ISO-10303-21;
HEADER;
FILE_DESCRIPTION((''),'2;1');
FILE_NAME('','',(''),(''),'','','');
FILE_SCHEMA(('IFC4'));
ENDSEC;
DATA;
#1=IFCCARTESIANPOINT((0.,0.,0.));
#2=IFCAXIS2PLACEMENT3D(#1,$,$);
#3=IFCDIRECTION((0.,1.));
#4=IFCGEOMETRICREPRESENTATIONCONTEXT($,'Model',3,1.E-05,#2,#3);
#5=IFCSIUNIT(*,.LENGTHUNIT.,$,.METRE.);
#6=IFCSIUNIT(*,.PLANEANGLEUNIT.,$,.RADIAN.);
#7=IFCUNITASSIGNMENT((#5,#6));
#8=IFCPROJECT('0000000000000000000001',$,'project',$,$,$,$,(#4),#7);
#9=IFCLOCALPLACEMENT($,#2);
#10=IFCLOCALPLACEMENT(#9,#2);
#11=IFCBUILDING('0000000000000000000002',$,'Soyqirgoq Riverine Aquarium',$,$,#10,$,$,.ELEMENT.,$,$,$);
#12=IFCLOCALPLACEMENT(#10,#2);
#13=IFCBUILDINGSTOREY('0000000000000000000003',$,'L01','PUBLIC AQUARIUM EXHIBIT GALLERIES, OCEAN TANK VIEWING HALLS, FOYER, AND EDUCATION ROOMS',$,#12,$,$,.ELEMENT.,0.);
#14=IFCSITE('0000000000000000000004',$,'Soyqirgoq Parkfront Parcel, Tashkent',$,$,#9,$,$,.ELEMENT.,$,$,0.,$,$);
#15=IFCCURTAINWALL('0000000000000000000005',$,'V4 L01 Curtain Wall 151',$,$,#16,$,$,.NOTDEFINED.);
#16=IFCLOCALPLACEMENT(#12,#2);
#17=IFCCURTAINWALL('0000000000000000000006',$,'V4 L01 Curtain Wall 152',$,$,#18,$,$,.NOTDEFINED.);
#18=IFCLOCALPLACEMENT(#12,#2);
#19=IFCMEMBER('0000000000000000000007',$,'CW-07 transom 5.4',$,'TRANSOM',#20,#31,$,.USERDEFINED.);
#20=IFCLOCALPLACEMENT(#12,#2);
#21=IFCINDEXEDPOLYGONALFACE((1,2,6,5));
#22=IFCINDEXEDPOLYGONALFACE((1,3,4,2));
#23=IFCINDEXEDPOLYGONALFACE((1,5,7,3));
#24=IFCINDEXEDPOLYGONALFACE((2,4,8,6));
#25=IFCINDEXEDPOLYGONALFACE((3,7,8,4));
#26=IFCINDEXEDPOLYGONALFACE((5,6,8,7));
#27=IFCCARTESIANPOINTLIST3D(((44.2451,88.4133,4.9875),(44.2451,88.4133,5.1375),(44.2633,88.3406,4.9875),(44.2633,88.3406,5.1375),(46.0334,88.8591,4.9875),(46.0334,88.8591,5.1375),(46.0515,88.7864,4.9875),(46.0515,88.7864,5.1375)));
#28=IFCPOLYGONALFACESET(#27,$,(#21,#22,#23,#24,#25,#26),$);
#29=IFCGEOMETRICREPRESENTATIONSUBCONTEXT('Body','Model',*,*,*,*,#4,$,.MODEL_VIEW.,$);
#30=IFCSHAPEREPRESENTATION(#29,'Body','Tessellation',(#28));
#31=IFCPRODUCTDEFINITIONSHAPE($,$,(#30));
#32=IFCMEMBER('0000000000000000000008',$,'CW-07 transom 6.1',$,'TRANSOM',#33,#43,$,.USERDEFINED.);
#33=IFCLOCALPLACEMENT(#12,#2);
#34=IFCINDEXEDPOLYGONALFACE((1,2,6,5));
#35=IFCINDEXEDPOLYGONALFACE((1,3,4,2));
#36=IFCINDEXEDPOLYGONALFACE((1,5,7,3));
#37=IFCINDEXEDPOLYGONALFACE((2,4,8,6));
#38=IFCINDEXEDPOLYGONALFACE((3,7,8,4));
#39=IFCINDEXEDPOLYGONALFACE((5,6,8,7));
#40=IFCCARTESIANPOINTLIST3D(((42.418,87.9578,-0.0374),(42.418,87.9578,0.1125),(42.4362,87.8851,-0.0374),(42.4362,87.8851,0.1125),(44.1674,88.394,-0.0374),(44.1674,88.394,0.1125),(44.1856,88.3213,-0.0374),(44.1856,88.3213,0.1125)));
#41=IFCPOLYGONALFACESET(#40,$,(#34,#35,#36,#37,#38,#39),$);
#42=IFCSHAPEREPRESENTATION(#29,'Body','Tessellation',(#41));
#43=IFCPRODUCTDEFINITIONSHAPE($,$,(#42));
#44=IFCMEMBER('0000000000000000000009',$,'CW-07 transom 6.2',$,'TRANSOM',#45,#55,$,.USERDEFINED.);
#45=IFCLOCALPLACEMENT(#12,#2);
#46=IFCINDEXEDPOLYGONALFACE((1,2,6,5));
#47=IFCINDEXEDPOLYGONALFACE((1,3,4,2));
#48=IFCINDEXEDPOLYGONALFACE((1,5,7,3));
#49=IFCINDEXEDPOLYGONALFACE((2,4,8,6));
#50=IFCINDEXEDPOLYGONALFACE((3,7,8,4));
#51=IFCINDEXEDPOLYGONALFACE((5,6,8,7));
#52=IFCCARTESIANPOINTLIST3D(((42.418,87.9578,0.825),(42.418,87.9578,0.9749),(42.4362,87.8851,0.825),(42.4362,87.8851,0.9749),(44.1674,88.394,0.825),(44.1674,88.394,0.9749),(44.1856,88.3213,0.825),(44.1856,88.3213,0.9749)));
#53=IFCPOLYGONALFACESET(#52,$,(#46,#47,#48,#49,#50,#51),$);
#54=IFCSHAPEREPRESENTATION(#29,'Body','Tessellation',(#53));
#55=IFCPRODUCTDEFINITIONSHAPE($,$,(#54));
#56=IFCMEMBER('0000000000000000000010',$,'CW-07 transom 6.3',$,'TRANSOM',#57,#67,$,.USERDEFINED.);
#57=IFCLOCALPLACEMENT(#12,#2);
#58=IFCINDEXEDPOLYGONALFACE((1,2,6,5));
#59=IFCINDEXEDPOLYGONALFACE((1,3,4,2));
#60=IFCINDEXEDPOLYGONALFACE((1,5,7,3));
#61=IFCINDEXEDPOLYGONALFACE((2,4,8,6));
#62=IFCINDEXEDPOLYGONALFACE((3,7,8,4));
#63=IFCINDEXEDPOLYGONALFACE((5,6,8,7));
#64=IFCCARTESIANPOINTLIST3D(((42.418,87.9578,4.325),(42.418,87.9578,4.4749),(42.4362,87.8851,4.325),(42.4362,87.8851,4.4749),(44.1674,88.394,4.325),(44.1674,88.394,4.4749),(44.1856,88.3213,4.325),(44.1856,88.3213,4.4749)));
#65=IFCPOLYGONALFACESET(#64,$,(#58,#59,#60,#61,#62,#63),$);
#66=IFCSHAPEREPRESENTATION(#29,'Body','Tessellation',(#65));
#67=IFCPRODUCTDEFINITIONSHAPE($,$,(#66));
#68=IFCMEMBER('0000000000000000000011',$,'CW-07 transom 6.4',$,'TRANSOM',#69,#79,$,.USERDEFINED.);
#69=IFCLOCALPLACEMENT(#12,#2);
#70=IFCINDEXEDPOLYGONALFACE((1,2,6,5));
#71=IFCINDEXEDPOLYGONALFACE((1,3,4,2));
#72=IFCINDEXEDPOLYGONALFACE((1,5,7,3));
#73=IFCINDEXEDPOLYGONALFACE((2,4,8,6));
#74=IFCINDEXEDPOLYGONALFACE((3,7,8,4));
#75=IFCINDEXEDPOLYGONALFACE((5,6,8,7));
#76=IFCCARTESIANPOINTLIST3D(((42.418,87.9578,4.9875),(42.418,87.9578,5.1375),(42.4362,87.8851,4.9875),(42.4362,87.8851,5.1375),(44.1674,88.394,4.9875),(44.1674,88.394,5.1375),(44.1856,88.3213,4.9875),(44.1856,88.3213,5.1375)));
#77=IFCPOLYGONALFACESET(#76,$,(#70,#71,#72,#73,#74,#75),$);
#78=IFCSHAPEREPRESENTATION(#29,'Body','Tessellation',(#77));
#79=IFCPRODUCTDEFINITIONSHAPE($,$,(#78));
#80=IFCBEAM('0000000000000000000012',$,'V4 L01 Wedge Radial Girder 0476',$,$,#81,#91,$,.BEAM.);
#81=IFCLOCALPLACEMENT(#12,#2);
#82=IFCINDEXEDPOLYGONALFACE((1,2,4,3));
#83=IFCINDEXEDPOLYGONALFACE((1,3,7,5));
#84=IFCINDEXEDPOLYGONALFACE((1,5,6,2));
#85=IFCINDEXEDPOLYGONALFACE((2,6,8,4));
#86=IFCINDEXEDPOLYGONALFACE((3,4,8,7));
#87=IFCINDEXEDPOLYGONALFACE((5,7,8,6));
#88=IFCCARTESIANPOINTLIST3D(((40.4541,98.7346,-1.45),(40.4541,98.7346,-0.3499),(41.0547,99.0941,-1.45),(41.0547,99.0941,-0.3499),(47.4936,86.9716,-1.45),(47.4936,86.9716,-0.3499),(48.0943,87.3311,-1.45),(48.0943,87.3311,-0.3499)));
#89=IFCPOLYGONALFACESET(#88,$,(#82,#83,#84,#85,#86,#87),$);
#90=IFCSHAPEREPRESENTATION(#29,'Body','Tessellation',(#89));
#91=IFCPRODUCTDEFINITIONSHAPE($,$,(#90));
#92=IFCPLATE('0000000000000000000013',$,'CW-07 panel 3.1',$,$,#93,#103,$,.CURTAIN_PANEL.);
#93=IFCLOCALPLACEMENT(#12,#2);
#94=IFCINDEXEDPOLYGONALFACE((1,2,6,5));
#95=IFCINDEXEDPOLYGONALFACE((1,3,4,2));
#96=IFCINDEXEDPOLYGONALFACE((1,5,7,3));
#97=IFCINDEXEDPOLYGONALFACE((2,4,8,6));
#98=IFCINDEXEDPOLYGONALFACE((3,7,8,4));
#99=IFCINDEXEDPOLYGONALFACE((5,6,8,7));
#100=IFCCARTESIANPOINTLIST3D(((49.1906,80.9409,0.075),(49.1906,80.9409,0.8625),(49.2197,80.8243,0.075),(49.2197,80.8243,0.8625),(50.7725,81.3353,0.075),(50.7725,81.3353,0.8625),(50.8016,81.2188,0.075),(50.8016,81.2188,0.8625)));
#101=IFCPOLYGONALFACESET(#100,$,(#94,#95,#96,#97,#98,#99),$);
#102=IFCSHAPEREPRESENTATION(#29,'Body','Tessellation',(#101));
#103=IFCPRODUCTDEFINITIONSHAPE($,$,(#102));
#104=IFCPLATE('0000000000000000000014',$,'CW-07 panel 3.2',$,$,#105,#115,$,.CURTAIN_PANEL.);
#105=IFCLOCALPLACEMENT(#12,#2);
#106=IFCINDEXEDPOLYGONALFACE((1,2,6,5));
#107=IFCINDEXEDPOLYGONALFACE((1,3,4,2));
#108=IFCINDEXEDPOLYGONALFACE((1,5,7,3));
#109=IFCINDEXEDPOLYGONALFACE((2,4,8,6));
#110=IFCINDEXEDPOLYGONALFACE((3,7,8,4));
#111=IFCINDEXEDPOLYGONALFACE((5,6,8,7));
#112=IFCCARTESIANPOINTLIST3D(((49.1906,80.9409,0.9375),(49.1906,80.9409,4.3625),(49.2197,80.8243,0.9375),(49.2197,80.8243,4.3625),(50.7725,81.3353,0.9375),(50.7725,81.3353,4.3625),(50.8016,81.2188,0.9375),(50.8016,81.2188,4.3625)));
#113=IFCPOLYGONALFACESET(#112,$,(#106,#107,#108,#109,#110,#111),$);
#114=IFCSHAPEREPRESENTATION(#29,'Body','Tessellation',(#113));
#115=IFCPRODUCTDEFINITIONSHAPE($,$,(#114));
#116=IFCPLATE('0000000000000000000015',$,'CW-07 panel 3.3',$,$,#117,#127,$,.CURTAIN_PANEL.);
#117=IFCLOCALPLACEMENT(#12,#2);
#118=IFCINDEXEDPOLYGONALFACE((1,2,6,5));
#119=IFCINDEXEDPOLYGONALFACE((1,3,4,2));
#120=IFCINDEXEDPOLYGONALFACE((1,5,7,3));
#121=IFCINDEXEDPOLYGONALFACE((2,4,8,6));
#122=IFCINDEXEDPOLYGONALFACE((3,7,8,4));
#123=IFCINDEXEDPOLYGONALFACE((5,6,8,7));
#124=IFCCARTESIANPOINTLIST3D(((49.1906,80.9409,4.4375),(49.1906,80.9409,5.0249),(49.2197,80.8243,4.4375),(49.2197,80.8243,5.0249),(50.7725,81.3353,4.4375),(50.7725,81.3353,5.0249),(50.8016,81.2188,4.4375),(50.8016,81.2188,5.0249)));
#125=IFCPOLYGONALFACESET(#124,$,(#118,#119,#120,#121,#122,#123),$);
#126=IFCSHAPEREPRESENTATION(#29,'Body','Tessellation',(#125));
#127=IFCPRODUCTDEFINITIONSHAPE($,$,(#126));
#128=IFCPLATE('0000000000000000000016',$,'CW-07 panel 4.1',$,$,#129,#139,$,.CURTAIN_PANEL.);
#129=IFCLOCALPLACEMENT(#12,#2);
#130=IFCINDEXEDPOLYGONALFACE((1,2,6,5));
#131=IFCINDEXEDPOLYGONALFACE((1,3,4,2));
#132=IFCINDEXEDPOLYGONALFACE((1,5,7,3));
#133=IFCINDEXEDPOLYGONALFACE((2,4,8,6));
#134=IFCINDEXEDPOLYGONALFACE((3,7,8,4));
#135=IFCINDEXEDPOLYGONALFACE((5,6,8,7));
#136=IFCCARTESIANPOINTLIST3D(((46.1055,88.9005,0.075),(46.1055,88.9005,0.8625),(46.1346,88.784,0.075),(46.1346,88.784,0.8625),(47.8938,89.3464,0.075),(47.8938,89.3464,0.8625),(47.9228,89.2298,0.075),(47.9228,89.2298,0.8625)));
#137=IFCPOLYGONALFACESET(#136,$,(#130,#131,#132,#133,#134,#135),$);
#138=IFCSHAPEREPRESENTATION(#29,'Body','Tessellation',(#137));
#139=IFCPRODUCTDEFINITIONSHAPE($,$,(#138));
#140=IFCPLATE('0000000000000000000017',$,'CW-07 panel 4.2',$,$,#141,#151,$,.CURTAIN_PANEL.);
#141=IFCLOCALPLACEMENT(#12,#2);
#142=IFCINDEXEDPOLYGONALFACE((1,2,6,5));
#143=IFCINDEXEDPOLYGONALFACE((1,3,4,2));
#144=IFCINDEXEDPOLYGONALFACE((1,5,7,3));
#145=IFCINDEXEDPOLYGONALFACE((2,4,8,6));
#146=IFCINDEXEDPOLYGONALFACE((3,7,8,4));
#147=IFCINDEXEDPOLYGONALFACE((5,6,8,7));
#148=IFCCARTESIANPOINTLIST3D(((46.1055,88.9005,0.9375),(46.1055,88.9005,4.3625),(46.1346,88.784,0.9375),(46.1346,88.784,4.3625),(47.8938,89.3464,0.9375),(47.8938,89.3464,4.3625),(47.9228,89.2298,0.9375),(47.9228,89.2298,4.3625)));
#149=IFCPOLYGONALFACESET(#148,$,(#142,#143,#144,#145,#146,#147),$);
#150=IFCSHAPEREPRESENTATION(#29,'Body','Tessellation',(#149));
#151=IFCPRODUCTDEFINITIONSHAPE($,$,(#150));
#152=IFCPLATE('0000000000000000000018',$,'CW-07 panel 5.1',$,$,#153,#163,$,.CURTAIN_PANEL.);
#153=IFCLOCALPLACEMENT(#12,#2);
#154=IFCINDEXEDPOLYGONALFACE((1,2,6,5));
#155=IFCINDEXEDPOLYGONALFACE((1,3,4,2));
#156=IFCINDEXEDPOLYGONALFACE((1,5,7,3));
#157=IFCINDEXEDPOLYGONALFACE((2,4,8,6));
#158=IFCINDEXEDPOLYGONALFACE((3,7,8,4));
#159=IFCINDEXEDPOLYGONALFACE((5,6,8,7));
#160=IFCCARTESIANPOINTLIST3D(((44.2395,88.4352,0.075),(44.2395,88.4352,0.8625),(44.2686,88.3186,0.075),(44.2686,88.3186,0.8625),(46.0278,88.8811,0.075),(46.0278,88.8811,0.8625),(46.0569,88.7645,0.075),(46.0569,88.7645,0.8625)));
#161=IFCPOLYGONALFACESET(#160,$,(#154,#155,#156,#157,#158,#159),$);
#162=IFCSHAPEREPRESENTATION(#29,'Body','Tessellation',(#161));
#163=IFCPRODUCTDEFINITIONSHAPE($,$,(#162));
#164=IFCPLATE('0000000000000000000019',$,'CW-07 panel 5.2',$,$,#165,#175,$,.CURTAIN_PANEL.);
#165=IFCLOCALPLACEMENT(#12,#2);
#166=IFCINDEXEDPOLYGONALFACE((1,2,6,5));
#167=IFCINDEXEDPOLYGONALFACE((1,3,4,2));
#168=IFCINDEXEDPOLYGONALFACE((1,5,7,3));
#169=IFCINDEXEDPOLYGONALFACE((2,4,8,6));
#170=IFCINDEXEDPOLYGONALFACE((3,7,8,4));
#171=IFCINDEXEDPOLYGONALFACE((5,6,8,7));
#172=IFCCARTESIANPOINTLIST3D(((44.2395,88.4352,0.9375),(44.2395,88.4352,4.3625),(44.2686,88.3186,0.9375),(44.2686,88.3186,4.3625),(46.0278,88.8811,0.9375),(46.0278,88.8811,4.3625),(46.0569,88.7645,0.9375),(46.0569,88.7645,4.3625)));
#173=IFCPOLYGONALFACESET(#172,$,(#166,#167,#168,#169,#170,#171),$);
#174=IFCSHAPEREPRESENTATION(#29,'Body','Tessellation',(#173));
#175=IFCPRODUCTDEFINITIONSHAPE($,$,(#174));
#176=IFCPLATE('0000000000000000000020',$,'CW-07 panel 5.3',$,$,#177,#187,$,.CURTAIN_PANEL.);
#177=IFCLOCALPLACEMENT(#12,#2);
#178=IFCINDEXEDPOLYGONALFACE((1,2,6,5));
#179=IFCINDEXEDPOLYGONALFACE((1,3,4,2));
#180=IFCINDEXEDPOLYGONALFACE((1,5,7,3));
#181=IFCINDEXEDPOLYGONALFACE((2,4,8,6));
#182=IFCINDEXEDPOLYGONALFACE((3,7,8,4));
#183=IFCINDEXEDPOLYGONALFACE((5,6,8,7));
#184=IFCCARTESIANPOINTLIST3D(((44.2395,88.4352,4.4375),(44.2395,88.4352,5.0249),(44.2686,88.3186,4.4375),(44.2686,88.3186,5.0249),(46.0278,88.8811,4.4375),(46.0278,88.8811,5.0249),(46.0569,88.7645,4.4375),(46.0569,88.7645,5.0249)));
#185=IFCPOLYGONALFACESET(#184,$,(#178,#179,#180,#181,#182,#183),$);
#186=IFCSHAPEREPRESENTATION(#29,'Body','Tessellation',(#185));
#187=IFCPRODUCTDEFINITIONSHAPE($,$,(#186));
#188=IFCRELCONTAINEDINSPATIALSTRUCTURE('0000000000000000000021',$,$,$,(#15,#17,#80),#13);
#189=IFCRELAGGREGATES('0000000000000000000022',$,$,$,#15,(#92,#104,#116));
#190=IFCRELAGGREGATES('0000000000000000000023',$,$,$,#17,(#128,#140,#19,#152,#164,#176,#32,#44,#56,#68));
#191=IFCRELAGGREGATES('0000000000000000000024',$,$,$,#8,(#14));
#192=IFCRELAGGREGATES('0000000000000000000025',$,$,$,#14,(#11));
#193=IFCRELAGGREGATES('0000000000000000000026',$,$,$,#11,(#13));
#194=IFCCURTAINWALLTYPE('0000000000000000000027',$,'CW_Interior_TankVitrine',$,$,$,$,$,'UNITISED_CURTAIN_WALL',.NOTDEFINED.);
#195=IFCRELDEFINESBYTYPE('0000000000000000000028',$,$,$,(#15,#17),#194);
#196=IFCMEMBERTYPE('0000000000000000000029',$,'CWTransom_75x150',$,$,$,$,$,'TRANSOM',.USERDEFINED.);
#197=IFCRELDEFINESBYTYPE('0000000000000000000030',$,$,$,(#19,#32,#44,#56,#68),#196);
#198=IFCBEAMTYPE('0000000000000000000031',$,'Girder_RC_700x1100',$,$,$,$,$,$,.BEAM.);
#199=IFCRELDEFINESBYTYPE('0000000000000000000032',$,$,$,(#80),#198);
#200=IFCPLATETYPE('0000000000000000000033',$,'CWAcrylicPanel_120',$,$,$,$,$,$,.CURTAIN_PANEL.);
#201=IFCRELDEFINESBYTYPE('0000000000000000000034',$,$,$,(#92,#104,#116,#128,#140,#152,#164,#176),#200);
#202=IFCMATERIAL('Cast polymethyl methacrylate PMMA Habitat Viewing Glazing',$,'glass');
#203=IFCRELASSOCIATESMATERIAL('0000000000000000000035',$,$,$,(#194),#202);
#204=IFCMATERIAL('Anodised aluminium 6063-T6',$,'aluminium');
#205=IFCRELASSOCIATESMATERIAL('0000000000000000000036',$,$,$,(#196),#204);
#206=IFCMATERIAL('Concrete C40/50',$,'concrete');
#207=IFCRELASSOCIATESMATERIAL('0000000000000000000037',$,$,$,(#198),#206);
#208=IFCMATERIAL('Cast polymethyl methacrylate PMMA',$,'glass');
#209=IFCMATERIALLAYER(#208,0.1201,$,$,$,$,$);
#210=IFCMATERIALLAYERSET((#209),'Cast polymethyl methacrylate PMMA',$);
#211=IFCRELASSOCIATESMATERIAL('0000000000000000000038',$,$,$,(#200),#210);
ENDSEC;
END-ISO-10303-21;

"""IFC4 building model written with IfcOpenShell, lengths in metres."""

from ifc_helpers import new_model, si_unit, direction, frame, origin, origin_2d, place, context, subcontext, project, spatial, rectangle, extrude, material, layer, layer_set, material_profile, profile_set, type_object, element, aggregate, save


model = new_model("IFC4")

# Units and contexts
model_context = context("Model", 3, precision=1e-05, world=origin(), true_north=direction((0.0, 1.0)))
body_context = subcontext(model_context, "Body", "Model", "MODEL_VIEW")
ifc_project = project(units=[si_unit("LENGTHUNIT", "METRE"), si_unit("PLANEANGLEUNIT", "RADIAN")], contexts=[model_context])

# Site, building, storey
site_placement = place(None, origin())
site = spatial("IfcSite", under=ifc_project, at=site_placement, Name="Soyqirgoq Parkfront Parcel, Tashkent", CompositionType="ELEMENT", RefElevation=0.0)
building_placement = place(site_placement, origin())
building = spatial("IfcBuilding", under=site, at=building_placement, Name="Soyqirgoq Riverine Aquarium", CompositionType="ELEMENT")
storey_placement = place(building_placement, origin())
storey = spatial("IfcBuildingStorey", under=building, at=storey_placement, Name="L01", Description="PUBLIC AQUARIUM EXHIBIT GALLERIES, OCEAN TANK VIEWING HALLS, FOYER, AND EDUCATION ROOMS", CompositionType="ELEMENT", Elevation=0.0)

# Curtain wall
ifc_material_1 = material(Name="Cast polymethyl methacrylate PMMA Habitat Viewing Glazing", Category="glass")
curtain_wall_type = type_object("IfcCurtainWallType", Name="CW_Interior_TankVitrine", ElementType="UNITISED_CURTAIN_WALL", PredefinedType="NOTDEFINED", material=ifc_material_1)
curtain_wall_1_placement = place(storey_placement, origin())
curtain_wall_1 = element("IfcCurtainWall", 1, at=curtain_wall_1_placement, inside=storey, type_object=curtain_wall_type, Name="V4 L01 Curtain Wall 151", PredefinedType="NOTDEFINED")

# Curtain wall
curtain_wall_2_placement = place(storey_placement, origin())
curtain_wall_2 = element("IfcCurtainWall", 2, at=curtain_wall_2_placement, inside=storey, type_object=curtain_wall_type, Name="V4 L01 Curtain Wall 152", PredefinedType="NOTDEFINED")

# Members
ifc_material_2 = material(Name="Anodised aluminium 6063-T6", Category="aluminium")
ifc_material_profile_1 = material_profile(ifc_material_2, rectangle(XDim=0.075, YDim=0.1499, at=origin_2d()), Name="ALU-T 75x150")
ifc_profile_set_1 = profile_set([ifc_material_profile_1], Name="Anodised aluminium 6063-T6")
member_type_1 = type_object("IfcMemberType", Name="CWTransom_75x150", ElementType="TRANSOM", PredefinedType="USERDEFINED", material=ifc_profile_set_1)
member_1_placement = place(storey_placement, frame((46.0425, 88.8228, 5.0625), z_axis=(-0.970306, -0.241881, 0.0), x_axis=(0.241881, -0.970306, 0.0)))
member_1 = element("IfcMember", 3, at=member_1_placement, type_object=member_type_1, Name="CW-07 transom 5.4", ObjectType="TRANSOM", PredefinedType="USERDEFINED", context=body_context, shape_type="SweptSolid", body=[
    extrude(rectangle(XDim=0.075, YDim=0.1499, at=origin_2d()), origin(), (0.0, 0.0, 1.0), 1.843),
])
member_2_placement = place(storey_placement, frame((44.1765, 88.3577, 0.0376), z_axis=(-0.970286, -0.241962, 0.0), x_axis=(0.241962, -0.970286, 0.0)))
member_2 = element("IfcMember", 4, at=member_2_placement, type_object=member_type_1, Name="CW-07 transom 6.1", ObjectType="TRANSOM", PredefinedType="USERDEFINED", context=body_context, shape_type="SweptSolid", body=[
    extrude(rectangle(XDim=0.075, YDim=0.1499, at=origin_2d()), origin(), (0.0, 0.0, 1.0), 1.803),
])
member_3_placement = place(storey_placement, frame((44.1765, 88.3577, 0.8999), z_axis=(-0.970286, -0.241962, 0.0), x_axis=(0.241962, -0.970286, 0.0)))
member_3 = element("IfcMember", 5, at=member_3_placement, type_object=member_type_1, Name="CW-07 transom 6.2", ObjectType="TRANSOM", PredefinedType="USERDEFINED", context=body_context, shape_type="SweptSolid", body=[
    extrude(rectangle(XDim=0.075, YDim=0.1499, at=origin_2d()), origin(), (0.0, 0.0, 1.0), 1.803),
])
member_4_placement = place(storey_placement, frame((44.1765, 88.3577, 4.3999), z_axis=(-0.970286, -0.241962, 0.0), x_axis=(0.241962, -0.970286, 0.0)))
member_4 = element("IfcMember", 6, at=member_4_placement, type_object=member_type_1, Name="CW-07 transom 6.3", ObjectType="TRANSOM", PredefinedType="USERDEFINED", context=body_context, shape_type="SweptSolid", body=[
    extrude(rectangle(XDim=0.075, YDim=0.1499, at=origin_2d()), origin(), (0.0, 0.0, 1.0), 1.803),
])
member_5_placement = place(storey_placement, frame((44.1765, 88.3577, 5.0625), z_axis=(-0.970286, -0.241962, 0.0), x_axis=(0.241962, -0.970286, 0.0)))
member_5 = element("IfcMember", 7, at=member_5_placement, type_object=member_type_1, Name="CW-07 transom 6.4", ObjectType="TRANSOM", PredefinedType="USERDEFINED", context=body_context, shape_type="SweptSolid", body=[
    extrude(rectangle(XDim=0.075, YDim=0.1499, at=origin_2d()), origin(), (0.0, 0.0, 1.0), 1.803),
])

# Beam
ifc_material_3 = material(Name="Concrete C40/50", Category="concrete")
ifc_material_profile_2 = material_profile(ifc_material_3, rectangle(XDim=0.7, YDim=1.1001, at=origin_2d()), Name="RC 700x1100")
ifc_profile_set_2 = profile_set([ifc_material_profile_2], Name="Concrete C40/50")
beam_type_1 = type_object("IfcBeamType", Name="Girder_RC_700x1100", PredefinedType="BEAM", material=ifc_profile_set_2)
beam_1_placement = place(storey_placement, frame((47.7939, 87.1514, -0.8999), z_axis=(-0.513519, 0.858079, 0.0), x_axis=(-0.858079, -0.513519, 0.0)))
element("IfcBeam", 8, at=beam_1_placement, inside=storey, type_object=beam_type_1, Name="V4 L01 Wedge Radial Girder 0476", PredefinedType="BEAM", context=body_context, shape_type="SweptSolid", body=[
    extrude(rectangle(XDim=0.7, YDim=1.1001, at=origin_2d()), origin(), (0.0, 0.0, 1.0), 13.7085),
])

# Plates
ifc_material_4 = material(Name="Cast polymethyl methacrylate PMMA", Category="glass")
ifc_layer_1 = layer(ifc_material_4, 0.1201)
ifc_layer_set_1 = layer_set([ifc_layer_1], Name="Cast polymethyl methacrylate PMMA")
plate_type = type_object("IfcPlateType", Name="CWAcrylicPanel_120", PredefinedType="CURTAIN_PANEL", material=ifc_layer_set_1)
plate_1_placement = place(storey_placement, frame((49.9961, 81.0798, 0.075), z_axis=(0.0, 0.0, 1.0), x_axis=(-0.970296, -0.241922, 0.0)))
plate_1 = element("IfcPlate", 9, at=plate_1_placement, type_object=plate_type, Name="CW-07 panel 3.1", PredefinedType="CURTAIN_PANEL", context=body_context, shape_type="SweptSolid", body=[
    extrude(rectangle(XDim=1.6304, YDim=0.1201, at=origin_2d()), origin(), (0.0, 0.0, 1.0), 0.7876),
])
plate_2_placement = place(storey_placement, frame((49.9961, 81.0798, 0.9375), z_axis=(0.0, 0.0, 1.0), x_axis=(-0.970296, -0.241922, 0.0)))
plate_2 = element("IfcPlate", 10, at=plate_2_placement, type_object=plate_type, Name="CW-07 panel 3.2", PredefinedType="CURTAIN_PANEL", context=body_context, shape_type="SweptSolid", body=[
    extrude(rectangle(XDim=1.6304, YDim=0.1201, at=origin_2d()), origin(), (0.0, 0.0, 1.0), 3.425),
])
plate_3_placement = place(storey_placement, frame((49.9961, 81.0798, 4.4375), z_axis=(0.0, 0.0, 1.0), x_axis=(-0.970296, -0.241922, 0.0)))
plate_3 = element("IfcPlate", 11, at=plate_3_placement, type_object=plate_type, Name="CW-07 panel 3.3", PredefinedType="CURTAIN_PANEL", context=body_context, shape_type="SweptSolid", body=[
    extrude(rectangle(XDim=1.6304, YDim=0.1201, at=origin_2d()), origin(), (0.0, 0.0, 1.0), 0.5874),
])
aggregate(curtain_wall_1, [plate_1, plate_2, plate_3])
plate_4_placement = place(storey_placement, frame((47.0142, 89.0652, 0.075), z_axis=(0.0, 0.0, 1.0), x_axis=(-0.970295, -0.241926, 0.0)))
plate_4 = element("IfcPlate", 12, at=plate_4_placement, type_object=plate_type, Name="CW-07 panel 4.1", PredefinedType="CURTAIN_PANEL", context=body_context, shape_type="SweptSolid", body=[
    extrude(rectangle(XDim=1.843, YDim=0.1201, at=origin_2d()), origin(), (0.0, 0.0, 1.0), 0.7876),
])
plate_5_placement = place(storey_placement, frame((47.0142, 89.0652, 0.9375), z_axis=(0.0, 0.0, 1.0), x_axis=(-0.970295, -0.241926, 0.0)))
plate_5 = element("IfcPlate", 13, at=plate_5_placement, type_object=plate_type, Name="CW-07 panel 4.2", PredefinedType="CURTAIN_PANEL", context=body_context, shape_type="SweptSolid", body=[
    extrude(rectangle(XDim=1.843, YDim=0.1201, at=origin_2d()), origin(), (0.0, 0.0, 1.0), 3.425),
])
plate_6_placement = place(storey_placement, frame((45.1482, 88.5999, 0.075), z_axis=(0.0, 0.0, 1.0), x_axis=(-0.970295, -0.241926, 0.0)))
plate_6 = element("IfcPlate", 14, at=plate_6_placement, type_object=plate_type, Name="CW-07 panel 5.1", PredefinedType="CURTAIN_PANEL", context=body_context, shape_type="SweptSolid", body=[
    extrude(rectangle(XDim=1.843, YDim=0.1201, at=origin_2d()), origin(), (0.0, 0.0, 1.0), 0.7876),
])
plate_7_placement = place(storey_placement, frame((45.1482, 88.5999, 0.9375), z_axis=(0.0, 0.0, 1.0), x_axis=(-0.970295, -0.241926, 0.0)))
plate_7 = element("IfcPlate", 15, at=plate_7_placement, type_object=plate_type, Name="CW-07 panel 5.2", PredefinedType="CURTAIN_PANEL", context=body_context, shape_type="SweptSolid", body=[
    extrude(rectangle(XDim=1.843, YDim=0.1201, at=origin_2d()), origin(), (0.0, 0.0, 1.0), 3.425),
])
plate_8_placement = place(storey_placement, frame((45.1482, 88.5999, 4.4375), z_axis=(0.0, 0.0, 1.0), x_axis=(-0.970295, -0.241926, 0.0)))
plate_8 = element("IfcPlate", 16, at=plate_8_placement, type_object=plate_type, Name="CW-07 panel 5.3", PredefinedType="CURTAIN_PANEL", context=body_context, shape_type="SweptSolid", body=[
    extrude(rectangle(XDim=1.843, YDim=0.1201, at=origin_2d()), origin(), (0.0, 0.0, 1.0), 0.5874),
])
aggregate(curtain_wall_2, [plate_4, plate_5, member_1, plate_6, plate_7, plate_8, member_2, member_3, member_4, member_5])

save(model, "model.ifc")
